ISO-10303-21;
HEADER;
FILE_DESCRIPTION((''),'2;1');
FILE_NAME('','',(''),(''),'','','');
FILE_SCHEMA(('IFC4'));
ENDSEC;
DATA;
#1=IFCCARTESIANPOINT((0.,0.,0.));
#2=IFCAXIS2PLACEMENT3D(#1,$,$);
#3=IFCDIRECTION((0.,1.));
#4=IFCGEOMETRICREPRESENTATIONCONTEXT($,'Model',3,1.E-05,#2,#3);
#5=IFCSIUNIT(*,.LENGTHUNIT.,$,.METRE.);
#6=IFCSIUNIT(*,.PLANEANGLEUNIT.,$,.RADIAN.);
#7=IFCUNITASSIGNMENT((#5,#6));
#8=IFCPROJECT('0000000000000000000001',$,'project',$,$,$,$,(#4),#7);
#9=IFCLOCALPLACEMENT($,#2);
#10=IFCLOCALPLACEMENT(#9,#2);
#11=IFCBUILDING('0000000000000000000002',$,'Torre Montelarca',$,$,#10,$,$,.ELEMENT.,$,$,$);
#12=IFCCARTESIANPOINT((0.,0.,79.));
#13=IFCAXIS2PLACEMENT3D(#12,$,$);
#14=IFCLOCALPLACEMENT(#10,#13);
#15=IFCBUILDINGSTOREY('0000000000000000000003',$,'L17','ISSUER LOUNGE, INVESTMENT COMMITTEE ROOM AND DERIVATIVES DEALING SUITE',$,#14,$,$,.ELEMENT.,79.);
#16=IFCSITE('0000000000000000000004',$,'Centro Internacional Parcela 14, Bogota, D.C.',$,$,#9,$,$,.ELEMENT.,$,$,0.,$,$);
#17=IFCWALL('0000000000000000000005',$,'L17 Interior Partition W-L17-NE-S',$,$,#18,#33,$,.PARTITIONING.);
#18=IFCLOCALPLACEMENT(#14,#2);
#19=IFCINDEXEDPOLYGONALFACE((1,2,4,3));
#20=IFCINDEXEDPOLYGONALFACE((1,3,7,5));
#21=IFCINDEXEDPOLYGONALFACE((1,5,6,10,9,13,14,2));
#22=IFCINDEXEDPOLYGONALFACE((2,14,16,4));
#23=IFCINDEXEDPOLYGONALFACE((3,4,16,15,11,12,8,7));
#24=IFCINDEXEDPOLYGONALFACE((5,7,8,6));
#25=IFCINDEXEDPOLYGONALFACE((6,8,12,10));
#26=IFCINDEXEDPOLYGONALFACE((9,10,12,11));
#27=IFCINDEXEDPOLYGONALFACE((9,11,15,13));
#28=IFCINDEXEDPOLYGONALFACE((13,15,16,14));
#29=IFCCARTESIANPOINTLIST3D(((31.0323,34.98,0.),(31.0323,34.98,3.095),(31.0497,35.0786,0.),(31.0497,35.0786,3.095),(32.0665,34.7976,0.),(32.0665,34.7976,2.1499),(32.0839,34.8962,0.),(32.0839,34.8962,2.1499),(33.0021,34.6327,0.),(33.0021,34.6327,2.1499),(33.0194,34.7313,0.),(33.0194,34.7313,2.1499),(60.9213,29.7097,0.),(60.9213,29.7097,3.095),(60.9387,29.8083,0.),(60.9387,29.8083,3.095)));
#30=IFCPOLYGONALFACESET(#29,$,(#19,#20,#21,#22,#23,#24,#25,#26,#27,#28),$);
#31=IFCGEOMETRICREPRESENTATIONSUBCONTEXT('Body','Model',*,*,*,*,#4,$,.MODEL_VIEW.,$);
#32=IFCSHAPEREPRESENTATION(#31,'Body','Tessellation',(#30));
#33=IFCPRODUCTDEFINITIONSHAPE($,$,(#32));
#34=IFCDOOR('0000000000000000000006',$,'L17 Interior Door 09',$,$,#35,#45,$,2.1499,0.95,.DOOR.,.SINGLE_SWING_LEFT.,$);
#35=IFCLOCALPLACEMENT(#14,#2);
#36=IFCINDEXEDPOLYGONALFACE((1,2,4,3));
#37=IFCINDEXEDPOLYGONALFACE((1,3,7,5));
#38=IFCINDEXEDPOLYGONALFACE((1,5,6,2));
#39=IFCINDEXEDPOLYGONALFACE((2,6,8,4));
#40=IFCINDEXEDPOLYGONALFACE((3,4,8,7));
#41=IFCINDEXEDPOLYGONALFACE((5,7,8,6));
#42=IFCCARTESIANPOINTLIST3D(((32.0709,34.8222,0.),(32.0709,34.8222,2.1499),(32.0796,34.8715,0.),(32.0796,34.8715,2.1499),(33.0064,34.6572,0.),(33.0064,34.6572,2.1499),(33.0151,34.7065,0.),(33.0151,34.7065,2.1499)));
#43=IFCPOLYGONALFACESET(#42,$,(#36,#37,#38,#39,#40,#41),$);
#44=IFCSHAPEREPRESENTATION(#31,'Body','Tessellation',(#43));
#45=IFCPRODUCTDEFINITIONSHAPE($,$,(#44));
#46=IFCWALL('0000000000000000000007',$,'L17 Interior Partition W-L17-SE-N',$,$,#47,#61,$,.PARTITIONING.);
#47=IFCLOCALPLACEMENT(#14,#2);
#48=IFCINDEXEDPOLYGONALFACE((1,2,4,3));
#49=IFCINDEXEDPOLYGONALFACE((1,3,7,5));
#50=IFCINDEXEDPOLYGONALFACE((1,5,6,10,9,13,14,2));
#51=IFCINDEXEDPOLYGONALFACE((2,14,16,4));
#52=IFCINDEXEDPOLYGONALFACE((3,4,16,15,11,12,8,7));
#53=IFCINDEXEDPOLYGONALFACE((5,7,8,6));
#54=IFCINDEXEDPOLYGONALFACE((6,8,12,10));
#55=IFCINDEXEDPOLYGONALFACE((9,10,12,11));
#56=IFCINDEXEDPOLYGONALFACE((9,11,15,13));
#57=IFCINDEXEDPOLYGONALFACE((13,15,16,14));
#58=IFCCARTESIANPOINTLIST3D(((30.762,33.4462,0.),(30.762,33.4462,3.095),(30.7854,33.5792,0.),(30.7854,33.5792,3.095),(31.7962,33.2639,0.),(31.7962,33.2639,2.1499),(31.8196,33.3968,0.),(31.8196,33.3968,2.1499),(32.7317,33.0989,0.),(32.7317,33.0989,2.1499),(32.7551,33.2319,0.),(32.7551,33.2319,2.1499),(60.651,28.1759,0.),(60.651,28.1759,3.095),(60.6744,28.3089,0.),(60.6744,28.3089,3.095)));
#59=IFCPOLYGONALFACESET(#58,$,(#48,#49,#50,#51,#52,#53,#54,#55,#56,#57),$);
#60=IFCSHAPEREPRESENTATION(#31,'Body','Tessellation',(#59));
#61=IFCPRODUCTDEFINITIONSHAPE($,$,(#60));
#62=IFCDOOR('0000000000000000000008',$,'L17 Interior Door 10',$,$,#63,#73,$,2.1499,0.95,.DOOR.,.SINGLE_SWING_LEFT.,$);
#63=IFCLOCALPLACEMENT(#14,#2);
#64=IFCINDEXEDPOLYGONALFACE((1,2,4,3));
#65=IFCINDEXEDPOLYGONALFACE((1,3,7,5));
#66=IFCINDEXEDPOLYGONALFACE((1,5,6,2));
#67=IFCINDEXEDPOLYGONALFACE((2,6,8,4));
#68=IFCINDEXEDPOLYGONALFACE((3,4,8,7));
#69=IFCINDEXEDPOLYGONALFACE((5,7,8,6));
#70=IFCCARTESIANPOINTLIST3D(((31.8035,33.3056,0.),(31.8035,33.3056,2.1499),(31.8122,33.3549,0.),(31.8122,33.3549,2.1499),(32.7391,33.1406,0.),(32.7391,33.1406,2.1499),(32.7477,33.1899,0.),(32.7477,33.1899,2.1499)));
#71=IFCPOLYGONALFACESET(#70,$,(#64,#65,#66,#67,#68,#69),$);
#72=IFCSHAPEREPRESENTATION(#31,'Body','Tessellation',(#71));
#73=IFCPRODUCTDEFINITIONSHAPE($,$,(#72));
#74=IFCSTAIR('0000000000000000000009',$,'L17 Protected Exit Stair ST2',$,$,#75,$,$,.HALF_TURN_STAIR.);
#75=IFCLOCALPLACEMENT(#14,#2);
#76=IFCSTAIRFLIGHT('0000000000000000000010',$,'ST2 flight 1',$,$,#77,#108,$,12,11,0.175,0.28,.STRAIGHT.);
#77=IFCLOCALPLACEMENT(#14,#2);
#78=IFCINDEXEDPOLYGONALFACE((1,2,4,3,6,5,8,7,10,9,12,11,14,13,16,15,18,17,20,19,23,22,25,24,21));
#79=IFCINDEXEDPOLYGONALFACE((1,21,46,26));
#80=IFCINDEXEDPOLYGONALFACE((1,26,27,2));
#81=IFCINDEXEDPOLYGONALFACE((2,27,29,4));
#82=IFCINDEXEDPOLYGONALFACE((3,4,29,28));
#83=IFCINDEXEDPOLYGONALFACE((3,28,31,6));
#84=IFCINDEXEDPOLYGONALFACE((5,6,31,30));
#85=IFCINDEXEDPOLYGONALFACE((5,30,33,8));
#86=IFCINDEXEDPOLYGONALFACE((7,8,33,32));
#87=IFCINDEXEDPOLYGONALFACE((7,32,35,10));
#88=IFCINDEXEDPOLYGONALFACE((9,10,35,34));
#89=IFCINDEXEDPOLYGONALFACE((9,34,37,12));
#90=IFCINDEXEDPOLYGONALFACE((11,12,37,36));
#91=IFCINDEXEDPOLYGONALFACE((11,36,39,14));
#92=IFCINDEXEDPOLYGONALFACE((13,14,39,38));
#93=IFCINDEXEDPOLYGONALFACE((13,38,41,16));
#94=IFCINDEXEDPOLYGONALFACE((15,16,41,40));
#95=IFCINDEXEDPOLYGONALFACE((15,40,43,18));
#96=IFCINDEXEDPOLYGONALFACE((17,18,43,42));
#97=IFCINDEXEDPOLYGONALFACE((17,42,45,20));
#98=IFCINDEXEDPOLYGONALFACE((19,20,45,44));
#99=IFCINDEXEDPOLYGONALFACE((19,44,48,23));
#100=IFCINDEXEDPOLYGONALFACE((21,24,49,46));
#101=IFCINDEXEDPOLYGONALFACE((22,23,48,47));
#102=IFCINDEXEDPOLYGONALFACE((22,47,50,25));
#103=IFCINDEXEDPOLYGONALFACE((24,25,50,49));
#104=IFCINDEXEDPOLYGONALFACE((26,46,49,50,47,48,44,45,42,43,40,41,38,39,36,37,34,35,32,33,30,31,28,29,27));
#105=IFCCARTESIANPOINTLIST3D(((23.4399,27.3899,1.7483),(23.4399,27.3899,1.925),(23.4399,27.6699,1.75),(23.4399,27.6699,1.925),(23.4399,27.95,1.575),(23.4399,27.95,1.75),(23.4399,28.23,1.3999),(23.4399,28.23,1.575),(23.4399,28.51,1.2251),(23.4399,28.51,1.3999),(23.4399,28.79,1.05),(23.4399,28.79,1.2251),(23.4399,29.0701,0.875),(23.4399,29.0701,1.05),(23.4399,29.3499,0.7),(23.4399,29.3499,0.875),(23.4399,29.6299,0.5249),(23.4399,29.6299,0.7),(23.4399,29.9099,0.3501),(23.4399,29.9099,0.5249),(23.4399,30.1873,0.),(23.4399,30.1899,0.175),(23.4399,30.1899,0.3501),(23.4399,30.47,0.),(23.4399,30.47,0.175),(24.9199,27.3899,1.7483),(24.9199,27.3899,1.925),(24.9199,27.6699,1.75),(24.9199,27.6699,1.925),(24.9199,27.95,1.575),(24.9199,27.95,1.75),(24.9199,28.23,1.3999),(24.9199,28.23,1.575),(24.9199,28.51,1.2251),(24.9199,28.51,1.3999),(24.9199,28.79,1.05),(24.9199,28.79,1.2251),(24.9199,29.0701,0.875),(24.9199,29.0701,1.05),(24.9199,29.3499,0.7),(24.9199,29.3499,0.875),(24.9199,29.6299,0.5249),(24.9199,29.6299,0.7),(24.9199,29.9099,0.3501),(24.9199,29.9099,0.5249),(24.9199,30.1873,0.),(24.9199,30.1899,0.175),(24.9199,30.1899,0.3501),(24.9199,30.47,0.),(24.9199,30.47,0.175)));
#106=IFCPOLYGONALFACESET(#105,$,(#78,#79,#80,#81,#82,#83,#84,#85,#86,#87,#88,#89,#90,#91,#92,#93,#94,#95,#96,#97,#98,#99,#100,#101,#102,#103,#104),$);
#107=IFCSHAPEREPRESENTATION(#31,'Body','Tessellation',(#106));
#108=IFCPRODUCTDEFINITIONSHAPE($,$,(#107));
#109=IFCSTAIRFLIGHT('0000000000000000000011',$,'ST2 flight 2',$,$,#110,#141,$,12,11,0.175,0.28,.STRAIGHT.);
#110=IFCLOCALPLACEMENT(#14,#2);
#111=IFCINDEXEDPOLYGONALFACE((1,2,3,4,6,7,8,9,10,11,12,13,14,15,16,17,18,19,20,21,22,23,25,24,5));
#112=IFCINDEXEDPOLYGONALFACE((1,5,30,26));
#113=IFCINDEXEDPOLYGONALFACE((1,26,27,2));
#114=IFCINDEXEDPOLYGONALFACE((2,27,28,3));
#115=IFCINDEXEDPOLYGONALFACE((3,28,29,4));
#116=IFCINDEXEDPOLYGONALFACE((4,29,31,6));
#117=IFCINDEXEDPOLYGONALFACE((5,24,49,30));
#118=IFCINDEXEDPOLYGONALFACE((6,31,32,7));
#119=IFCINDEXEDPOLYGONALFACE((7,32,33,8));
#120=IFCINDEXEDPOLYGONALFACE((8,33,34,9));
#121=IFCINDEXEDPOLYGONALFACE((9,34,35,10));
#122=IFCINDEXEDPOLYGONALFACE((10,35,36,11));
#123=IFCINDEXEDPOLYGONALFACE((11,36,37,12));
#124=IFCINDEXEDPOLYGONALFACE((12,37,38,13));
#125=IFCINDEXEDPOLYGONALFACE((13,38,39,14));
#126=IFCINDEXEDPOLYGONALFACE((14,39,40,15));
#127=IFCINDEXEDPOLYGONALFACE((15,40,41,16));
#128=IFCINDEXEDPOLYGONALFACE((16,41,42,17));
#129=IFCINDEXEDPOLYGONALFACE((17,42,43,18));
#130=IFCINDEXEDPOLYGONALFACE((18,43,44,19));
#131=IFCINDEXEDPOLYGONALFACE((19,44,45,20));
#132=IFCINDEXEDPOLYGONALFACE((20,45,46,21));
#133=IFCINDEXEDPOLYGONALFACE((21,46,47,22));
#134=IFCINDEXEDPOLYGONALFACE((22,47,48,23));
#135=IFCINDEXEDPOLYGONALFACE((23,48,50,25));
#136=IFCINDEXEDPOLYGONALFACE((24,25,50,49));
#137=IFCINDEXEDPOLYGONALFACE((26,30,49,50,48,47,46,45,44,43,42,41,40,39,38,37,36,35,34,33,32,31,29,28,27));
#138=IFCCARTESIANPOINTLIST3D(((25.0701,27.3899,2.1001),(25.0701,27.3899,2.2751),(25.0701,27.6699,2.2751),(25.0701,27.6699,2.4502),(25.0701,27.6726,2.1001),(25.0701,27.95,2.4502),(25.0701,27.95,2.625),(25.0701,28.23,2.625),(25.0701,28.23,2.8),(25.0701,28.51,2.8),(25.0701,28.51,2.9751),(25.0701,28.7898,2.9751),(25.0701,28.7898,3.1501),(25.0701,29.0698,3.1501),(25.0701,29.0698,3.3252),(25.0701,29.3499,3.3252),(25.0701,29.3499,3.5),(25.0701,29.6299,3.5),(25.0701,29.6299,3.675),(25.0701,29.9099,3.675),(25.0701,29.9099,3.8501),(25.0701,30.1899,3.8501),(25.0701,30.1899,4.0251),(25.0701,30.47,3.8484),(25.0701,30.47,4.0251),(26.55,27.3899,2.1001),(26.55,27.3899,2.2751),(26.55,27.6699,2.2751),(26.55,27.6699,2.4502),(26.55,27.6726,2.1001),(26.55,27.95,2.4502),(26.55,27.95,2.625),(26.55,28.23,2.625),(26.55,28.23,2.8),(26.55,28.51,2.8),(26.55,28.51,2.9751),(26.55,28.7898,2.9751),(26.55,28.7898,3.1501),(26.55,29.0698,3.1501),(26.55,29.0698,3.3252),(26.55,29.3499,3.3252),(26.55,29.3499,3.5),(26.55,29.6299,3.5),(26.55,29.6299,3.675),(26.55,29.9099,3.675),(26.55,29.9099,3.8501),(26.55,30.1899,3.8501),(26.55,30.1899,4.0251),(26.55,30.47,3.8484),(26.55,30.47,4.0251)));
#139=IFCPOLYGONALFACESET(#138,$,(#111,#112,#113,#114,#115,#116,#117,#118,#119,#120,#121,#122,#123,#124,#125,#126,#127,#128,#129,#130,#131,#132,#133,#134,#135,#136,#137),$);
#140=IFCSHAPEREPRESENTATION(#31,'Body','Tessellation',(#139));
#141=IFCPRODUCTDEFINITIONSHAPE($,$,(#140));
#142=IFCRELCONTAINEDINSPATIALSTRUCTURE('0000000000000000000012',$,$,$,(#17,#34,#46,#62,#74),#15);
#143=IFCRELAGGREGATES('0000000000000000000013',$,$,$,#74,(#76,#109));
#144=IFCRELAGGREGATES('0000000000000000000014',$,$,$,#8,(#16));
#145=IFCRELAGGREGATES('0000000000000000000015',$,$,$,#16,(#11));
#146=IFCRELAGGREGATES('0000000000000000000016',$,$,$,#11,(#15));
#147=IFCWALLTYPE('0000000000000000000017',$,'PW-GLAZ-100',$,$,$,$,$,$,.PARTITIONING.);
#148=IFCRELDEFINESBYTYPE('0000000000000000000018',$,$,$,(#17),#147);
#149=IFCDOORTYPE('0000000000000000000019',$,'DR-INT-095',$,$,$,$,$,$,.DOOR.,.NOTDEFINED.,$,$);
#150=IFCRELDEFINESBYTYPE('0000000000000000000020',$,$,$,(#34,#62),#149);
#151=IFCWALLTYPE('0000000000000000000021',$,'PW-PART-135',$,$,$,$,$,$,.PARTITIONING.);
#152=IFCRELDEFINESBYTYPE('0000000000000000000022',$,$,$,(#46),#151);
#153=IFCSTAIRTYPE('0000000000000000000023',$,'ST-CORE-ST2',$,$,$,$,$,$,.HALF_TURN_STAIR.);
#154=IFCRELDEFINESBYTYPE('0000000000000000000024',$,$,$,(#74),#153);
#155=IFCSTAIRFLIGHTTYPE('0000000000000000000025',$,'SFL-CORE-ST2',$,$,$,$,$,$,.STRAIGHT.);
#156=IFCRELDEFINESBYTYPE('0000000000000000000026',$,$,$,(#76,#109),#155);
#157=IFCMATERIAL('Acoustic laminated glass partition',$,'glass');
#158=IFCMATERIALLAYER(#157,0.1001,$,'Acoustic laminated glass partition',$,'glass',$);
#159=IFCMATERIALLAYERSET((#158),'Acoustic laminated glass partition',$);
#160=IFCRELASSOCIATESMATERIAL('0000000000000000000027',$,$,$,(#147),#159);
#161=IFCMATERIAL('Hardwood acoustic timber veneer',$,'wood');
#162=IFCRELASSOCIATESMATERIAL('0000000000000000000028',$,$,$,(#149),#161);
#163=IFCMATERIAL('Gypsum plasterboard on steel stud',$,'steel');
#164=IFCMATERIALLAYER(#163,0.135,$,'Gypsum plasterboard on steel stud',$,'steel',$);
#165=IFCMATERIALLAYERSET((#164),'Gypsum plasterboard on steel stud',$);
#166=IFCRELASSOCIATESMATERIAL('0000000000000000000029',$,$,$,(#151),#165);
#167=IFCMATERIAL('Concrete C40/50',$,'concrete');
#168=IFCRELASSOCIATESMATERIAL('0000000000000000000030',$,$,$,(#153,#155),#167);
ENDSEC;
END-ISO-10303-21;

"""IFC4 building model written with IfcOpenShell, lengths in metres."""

from ifc_helpers import new_model, si_unit, direction, frame, frame_2d, origin, place, context, subcontext, project, spatial, polyline, rectangle, outline, extrude, source, transform, mapped, material, layer, layer_set, type_object, element, fill, aggregate, save


model = new_model("IFC4")

# Units and contexts
model_context = context("Model", 3, precision=1e-05, world=origin(), true_north=direction((0.0, 1.0)))
body_context = subcontext(model_context, "Body", "Model", "MODEL_VIEW")
ifc_project = project(units=[si_unit("LENGTHUNIT", "METRE"), si_unit("PLANEANGLEUNIT", "RADIAN")], contexts=[model_context])

# Site, building, storey
site_placement = place(None, origin())
site = spatial("IfcSite", under=ifc_project, at=site_placement, Name="Centro Internacional Parcela 14, Bogota, D.C.", CompositionType="ELEMENT", RefElevation=0.0)
building_placement = place(site_placement, origin())
building = spatial("IfcBuilding", under=site, at=building_placement, Name="Torre Montelarca", CompositionType="ELEMENT")
storey_placement = place(building_placement, frame((0.0, 0.0, 79.0)))
storey = spatial("IfcBuildingStorey", under=building, at=storey_placement, Name="L17", Description="ISSUER LOUNGE, INVESTMENT COMMITTEE ROOM AND DERIVATIVES DEALING SUITE", CompositionType="ELEMENT", Elevation=79.0)

# Shared definitions
ifc_material_1 = material(Name="Concrete C40/50", Category="concrete")
ifc_material_2 = material(Name="Gypsum plasterboard on steel stud", Category="steel")

# Walls, openings, doors
ifc_material_3 = material(Name="Acoustic laminated glass partition", Category="glass")
ifc_layer_1 = layer(ifc_material_3, 0.1001, Name="Acoustic laminated glass partition", Category="glass")
ifc_layer_set_1 = layer_set([ifc_layer_1], Name="Acoustic laminated glass partition")
wall_type_1 = type_object("IfcWallType", Name="PW-GLAZ-100", PredefinedType="PARTITIONING", material=ifc_layer_set_1)
wall_1_placement = place(storey_placement, frame((31.041, 35.0293, 0.0), z_axis=(0.0, 0.0, 1.0), x_axis=(0.984808, -0.173649, 0.0)))
wall_1 = element("IfcWall", 1, at=wall_1_placement, inside=storey, type_object=wall_type_1, Name="L17 Interior Partition W-L17-NE-S", PredefinedType="PARTITIONING", context=body_context, shape_type="SweptSolid", body=[
    extrude(rectangle(XDim=30.3501, YDim=0.1001, at=frame_2d((15.175, 0.0))), origin(), (0.0, 0.0, 1.0), 3.095),
])
opening_1_placement = place(wall_1_placement, frame((1.05, 0.0, 0.0)))
opening_1 = element("IfcOpeningElement", 2, at=opening_1_placement, cuts=wall_1, PredefinedType="OPENING", context=body_context, shape_type="SweptSolid", body=[
    extrude(rectangle(XDim=0.95, YDim=2.1499, at=frame_2d((0.4751, 1.075))), frame((0.0, 0.0601, 0.0), z_axis=(0.0, -1.0, 0.0), x_axis=(1.0, 0.0, 0.0)), (0.0, 0.0, 1.0), 0.1201),
])
ifc_material_4 = material(Name="Hardwood acoustic timber veneer", Category="wood")
door_type = type_object("IfcDoorType", Name="DR-INT-095", OperationType="NOTDEFINED", PredefinedType="DOOR", material=ifc_material_4)
shared_shape_1 = source(origin(), body_context, "Body", "SweptSolid", [
    extrude(rectangle(XDim=0.95, YDim=2.1499, at=frame_2d((0.4751, 1.075))), frame((0.0, 0.0249, 0.0), z_axis=(0.0, -1.0, 0.0), x_axis=(1.0, 0.0, 0.0)), (0.0, 0.0, 1.0), 0.05),
])
door_1_placement = place(opening_1_placement, origin())
door_1 = element("IfcDoor", 3, at=door_1_placement, inside=storey, type_object=door_type, Name="L17 Interior Door 09", OperationType="SINGLE_SWING_LEFT", OverallHeight=2.1499, OverallWidth=0.95, PredefinedType="DOOR", context=body_context, shape_type="MappedRepresentation", body=[
    mapped(shared_shape_1, transform((0.0, 0.0, 0.0), scale=1.0)),
])
fill(opening_1, door_1)
ifc_layer_2 = layer(ifc_material_2, 0.135, Name="Gypsum plasterboard on steel stud", Category="steel")
ifc_layer_set_2 = layer_set([ifc_layer_2], Name="Gypsum plasterboard on steel stud")
wall_type_2 = type_object("IfcWallType", Name="PW-PART-135", PredefinedType="PARTITIONING", material=ifc_layer_set_2)
wall_2_placement = place(storey_placement, frame((30.7737, 33.5127, 0.0), z_axis=(0.0, 0.0, 1.0), x_axis=(0.984808, -0.173649, 0.0)))
wall_2 = element("IfcWall", 4, at=wall_2_placement, inside=storey, type_object=wall_type_2, Name="L17 Interior Partition W-L17-SE-N", PredefinedType="PARTITIONING", context=body_context, shape_type="SweptSolid", body=[
    extrude(rectangle(XDim=30.3501, YDim=0.135, at=frame_2d((15.175, 0.0))), origin(), (0.0, 0.0, 1.0), 3.095),
])
opening_2_placement = place(wall_2_placement, frame((1.05, 0.0, 0.0)))
opening_2 = element("IfcOpeningElement", 5, at=opening_2_placement, cuts=wall_2, PredefinedType="OPENING", context=body_context, shape_type="SweptSolid", body=[
    extrude(rectangle(XDim=0.95, YDim=2.1499, at=frame_2d((0.4751, 1.075))), frame((0.0, 0.0776, 0.0), z_axis=(0.0, -1.0, 0.0), x_axis=(1.0, 0.0, 0.0)), (0.0, 0.0, 1.0), 0.155),
])
door_2_placement = place(opening_2_placement, origin())
door_2 = element("IfcDoor", 6, at=door_2_placement, inside=storey, type_object=door_type, Name="L17 Interior Door 10", OperationType="SINGLE_SWING_LEFT", OverallHeight=2.1499, OverallWidth=0.95, PredefinedType="DOOR", context=body_context, shape_type="MappedRepresentation", body=[
    mapped(shared_shape_1, transform((0.0, 0.0, 0.0), scale=1.0)),
])
fill(opening_2, door_2)

# Stair, stair flights
stair_type = type_object("IfcStairType", Name="ST-CORE-ST2", PredefinedType="HALF_TURN_STAIR", material=ifc_material_1)
stair_placement = place(storey_placement, origin())
stair = element("IfcStair", 7, at=stair_placement, inside=storey, type_object=stair_type, Name="L17 Protected Exit Stair ST2", PredefinedType="HALF_TURN_STAIR")
stair_flight_type = type_object("IfcStairFlightType", Name="SFL-CORE-ST2", PredefinedType="STRAIGHT", material=ifc_material_1)
stair_flight_1_placement = place(storey_placement, frame((24.1799, 30.47, 0.0), z_axis=(0.0, 0.0, 1.0), x_axis=(0.0, -1.0, 0.0)))
stair_flight_1 = element("IfcStairFlight", 8, at=stair_flight_1_placement, type_object=stair_flight_type, Name="ST2 flight 1", NumberOfRisers=12, NumberOfTreads=11, PredefinedType="STRAIGHT", RiserHeight=0.175, TreadLength=0.28, context=body_context, shape_type="SweptSolid", body=[
    extrude(outline(polyline([(0.0, 0.0), (0.0, 0.175), (0.28, 0.175), (0.28, 0.3501), (0.5601, 0.3501), (0.5601, 0.5249), (0.8401, 0.5249), (0.8401, 0.7), (1.1201, 0.7), (1.1201, 0.875), (1.3999, 0.875), (1.3999, 1.05), (1.6799, 1.05), (1.6799, 1.2251), (1.96, 1.2251), (1.96, 1.3999), (2.24, 1.3999), (2.24, 1.575), (2.52, 1.575), (2.52, 1.75), (2.8, 1.75), (2.8, 1.925), (3.0801, 1.925), (3.0801, 2.1001), (3.0801, 1.7483), (0.2827, 0.0), (0.0, 0.0)])), frame((0.0, 0.74, 0.0), z_axis=(0.0, -1.0, 0.0), x_axis=(1.0, 0.0, 0.0)), (0.0, 0.0, 1.0), 1.48),
])
stair_flight_2_placement = place(storey_placement, frame((25.8101, 27.3899, 2.1001), z_axis=(0.0, 0.0, 1.0), x_axis=(0.0, 1.0, 0.0)))
stair_flight_2 = element("IfcStairFlight", 9, at=stair_flight_2_placement, type_object=stair_flight_type, Name="ST2 flight 2", NumberOfRisers=12, NumberOfTreads=11, PredefinedType="STRAIGHT", RiserHeight=0.175, TreadLength=0.28, context=body_context, shape_type="SweptSolid", body=[
    extrude(outline(polyline([(0.0, 0.0), (0.0, 0.175), (0.28, 0.175), (0.28, 0.3501), (0.5601, 0.3501), (0.5601, 0.5249), (0.8401, 0.5249), (0.8401, 0.7), (1.1201, 0.7), (1.1201, 0.875), (1.3999, 0.875), (1.3999, 1.05), (1.6799, 1.05), (1.6799, 1.2251), (1.96, 1.2251), (1.96, 1.3999), (2.24, 1.3999), (2.24, 1.575), (2.52, 1.575), (2.52, 1.75), (2.8, 1.75), (2.8, 1.925), (3.0801, 1.925), (3.0801, 2.1001), (3.0801, 1.7483), (0.2827, 0.0), (0.0, 0.0)])), frame((0.0, 0.74, 0.0), z_axis=(0.0, -1.0, 0.0), x_axis=(1.0, 0.0, 0.0)), (0.0, 0.0, 1.0), 1.48),
])
aggregate(stair, [stair_flight_1, stair_flight_2])

save(model, "model.ifc")
